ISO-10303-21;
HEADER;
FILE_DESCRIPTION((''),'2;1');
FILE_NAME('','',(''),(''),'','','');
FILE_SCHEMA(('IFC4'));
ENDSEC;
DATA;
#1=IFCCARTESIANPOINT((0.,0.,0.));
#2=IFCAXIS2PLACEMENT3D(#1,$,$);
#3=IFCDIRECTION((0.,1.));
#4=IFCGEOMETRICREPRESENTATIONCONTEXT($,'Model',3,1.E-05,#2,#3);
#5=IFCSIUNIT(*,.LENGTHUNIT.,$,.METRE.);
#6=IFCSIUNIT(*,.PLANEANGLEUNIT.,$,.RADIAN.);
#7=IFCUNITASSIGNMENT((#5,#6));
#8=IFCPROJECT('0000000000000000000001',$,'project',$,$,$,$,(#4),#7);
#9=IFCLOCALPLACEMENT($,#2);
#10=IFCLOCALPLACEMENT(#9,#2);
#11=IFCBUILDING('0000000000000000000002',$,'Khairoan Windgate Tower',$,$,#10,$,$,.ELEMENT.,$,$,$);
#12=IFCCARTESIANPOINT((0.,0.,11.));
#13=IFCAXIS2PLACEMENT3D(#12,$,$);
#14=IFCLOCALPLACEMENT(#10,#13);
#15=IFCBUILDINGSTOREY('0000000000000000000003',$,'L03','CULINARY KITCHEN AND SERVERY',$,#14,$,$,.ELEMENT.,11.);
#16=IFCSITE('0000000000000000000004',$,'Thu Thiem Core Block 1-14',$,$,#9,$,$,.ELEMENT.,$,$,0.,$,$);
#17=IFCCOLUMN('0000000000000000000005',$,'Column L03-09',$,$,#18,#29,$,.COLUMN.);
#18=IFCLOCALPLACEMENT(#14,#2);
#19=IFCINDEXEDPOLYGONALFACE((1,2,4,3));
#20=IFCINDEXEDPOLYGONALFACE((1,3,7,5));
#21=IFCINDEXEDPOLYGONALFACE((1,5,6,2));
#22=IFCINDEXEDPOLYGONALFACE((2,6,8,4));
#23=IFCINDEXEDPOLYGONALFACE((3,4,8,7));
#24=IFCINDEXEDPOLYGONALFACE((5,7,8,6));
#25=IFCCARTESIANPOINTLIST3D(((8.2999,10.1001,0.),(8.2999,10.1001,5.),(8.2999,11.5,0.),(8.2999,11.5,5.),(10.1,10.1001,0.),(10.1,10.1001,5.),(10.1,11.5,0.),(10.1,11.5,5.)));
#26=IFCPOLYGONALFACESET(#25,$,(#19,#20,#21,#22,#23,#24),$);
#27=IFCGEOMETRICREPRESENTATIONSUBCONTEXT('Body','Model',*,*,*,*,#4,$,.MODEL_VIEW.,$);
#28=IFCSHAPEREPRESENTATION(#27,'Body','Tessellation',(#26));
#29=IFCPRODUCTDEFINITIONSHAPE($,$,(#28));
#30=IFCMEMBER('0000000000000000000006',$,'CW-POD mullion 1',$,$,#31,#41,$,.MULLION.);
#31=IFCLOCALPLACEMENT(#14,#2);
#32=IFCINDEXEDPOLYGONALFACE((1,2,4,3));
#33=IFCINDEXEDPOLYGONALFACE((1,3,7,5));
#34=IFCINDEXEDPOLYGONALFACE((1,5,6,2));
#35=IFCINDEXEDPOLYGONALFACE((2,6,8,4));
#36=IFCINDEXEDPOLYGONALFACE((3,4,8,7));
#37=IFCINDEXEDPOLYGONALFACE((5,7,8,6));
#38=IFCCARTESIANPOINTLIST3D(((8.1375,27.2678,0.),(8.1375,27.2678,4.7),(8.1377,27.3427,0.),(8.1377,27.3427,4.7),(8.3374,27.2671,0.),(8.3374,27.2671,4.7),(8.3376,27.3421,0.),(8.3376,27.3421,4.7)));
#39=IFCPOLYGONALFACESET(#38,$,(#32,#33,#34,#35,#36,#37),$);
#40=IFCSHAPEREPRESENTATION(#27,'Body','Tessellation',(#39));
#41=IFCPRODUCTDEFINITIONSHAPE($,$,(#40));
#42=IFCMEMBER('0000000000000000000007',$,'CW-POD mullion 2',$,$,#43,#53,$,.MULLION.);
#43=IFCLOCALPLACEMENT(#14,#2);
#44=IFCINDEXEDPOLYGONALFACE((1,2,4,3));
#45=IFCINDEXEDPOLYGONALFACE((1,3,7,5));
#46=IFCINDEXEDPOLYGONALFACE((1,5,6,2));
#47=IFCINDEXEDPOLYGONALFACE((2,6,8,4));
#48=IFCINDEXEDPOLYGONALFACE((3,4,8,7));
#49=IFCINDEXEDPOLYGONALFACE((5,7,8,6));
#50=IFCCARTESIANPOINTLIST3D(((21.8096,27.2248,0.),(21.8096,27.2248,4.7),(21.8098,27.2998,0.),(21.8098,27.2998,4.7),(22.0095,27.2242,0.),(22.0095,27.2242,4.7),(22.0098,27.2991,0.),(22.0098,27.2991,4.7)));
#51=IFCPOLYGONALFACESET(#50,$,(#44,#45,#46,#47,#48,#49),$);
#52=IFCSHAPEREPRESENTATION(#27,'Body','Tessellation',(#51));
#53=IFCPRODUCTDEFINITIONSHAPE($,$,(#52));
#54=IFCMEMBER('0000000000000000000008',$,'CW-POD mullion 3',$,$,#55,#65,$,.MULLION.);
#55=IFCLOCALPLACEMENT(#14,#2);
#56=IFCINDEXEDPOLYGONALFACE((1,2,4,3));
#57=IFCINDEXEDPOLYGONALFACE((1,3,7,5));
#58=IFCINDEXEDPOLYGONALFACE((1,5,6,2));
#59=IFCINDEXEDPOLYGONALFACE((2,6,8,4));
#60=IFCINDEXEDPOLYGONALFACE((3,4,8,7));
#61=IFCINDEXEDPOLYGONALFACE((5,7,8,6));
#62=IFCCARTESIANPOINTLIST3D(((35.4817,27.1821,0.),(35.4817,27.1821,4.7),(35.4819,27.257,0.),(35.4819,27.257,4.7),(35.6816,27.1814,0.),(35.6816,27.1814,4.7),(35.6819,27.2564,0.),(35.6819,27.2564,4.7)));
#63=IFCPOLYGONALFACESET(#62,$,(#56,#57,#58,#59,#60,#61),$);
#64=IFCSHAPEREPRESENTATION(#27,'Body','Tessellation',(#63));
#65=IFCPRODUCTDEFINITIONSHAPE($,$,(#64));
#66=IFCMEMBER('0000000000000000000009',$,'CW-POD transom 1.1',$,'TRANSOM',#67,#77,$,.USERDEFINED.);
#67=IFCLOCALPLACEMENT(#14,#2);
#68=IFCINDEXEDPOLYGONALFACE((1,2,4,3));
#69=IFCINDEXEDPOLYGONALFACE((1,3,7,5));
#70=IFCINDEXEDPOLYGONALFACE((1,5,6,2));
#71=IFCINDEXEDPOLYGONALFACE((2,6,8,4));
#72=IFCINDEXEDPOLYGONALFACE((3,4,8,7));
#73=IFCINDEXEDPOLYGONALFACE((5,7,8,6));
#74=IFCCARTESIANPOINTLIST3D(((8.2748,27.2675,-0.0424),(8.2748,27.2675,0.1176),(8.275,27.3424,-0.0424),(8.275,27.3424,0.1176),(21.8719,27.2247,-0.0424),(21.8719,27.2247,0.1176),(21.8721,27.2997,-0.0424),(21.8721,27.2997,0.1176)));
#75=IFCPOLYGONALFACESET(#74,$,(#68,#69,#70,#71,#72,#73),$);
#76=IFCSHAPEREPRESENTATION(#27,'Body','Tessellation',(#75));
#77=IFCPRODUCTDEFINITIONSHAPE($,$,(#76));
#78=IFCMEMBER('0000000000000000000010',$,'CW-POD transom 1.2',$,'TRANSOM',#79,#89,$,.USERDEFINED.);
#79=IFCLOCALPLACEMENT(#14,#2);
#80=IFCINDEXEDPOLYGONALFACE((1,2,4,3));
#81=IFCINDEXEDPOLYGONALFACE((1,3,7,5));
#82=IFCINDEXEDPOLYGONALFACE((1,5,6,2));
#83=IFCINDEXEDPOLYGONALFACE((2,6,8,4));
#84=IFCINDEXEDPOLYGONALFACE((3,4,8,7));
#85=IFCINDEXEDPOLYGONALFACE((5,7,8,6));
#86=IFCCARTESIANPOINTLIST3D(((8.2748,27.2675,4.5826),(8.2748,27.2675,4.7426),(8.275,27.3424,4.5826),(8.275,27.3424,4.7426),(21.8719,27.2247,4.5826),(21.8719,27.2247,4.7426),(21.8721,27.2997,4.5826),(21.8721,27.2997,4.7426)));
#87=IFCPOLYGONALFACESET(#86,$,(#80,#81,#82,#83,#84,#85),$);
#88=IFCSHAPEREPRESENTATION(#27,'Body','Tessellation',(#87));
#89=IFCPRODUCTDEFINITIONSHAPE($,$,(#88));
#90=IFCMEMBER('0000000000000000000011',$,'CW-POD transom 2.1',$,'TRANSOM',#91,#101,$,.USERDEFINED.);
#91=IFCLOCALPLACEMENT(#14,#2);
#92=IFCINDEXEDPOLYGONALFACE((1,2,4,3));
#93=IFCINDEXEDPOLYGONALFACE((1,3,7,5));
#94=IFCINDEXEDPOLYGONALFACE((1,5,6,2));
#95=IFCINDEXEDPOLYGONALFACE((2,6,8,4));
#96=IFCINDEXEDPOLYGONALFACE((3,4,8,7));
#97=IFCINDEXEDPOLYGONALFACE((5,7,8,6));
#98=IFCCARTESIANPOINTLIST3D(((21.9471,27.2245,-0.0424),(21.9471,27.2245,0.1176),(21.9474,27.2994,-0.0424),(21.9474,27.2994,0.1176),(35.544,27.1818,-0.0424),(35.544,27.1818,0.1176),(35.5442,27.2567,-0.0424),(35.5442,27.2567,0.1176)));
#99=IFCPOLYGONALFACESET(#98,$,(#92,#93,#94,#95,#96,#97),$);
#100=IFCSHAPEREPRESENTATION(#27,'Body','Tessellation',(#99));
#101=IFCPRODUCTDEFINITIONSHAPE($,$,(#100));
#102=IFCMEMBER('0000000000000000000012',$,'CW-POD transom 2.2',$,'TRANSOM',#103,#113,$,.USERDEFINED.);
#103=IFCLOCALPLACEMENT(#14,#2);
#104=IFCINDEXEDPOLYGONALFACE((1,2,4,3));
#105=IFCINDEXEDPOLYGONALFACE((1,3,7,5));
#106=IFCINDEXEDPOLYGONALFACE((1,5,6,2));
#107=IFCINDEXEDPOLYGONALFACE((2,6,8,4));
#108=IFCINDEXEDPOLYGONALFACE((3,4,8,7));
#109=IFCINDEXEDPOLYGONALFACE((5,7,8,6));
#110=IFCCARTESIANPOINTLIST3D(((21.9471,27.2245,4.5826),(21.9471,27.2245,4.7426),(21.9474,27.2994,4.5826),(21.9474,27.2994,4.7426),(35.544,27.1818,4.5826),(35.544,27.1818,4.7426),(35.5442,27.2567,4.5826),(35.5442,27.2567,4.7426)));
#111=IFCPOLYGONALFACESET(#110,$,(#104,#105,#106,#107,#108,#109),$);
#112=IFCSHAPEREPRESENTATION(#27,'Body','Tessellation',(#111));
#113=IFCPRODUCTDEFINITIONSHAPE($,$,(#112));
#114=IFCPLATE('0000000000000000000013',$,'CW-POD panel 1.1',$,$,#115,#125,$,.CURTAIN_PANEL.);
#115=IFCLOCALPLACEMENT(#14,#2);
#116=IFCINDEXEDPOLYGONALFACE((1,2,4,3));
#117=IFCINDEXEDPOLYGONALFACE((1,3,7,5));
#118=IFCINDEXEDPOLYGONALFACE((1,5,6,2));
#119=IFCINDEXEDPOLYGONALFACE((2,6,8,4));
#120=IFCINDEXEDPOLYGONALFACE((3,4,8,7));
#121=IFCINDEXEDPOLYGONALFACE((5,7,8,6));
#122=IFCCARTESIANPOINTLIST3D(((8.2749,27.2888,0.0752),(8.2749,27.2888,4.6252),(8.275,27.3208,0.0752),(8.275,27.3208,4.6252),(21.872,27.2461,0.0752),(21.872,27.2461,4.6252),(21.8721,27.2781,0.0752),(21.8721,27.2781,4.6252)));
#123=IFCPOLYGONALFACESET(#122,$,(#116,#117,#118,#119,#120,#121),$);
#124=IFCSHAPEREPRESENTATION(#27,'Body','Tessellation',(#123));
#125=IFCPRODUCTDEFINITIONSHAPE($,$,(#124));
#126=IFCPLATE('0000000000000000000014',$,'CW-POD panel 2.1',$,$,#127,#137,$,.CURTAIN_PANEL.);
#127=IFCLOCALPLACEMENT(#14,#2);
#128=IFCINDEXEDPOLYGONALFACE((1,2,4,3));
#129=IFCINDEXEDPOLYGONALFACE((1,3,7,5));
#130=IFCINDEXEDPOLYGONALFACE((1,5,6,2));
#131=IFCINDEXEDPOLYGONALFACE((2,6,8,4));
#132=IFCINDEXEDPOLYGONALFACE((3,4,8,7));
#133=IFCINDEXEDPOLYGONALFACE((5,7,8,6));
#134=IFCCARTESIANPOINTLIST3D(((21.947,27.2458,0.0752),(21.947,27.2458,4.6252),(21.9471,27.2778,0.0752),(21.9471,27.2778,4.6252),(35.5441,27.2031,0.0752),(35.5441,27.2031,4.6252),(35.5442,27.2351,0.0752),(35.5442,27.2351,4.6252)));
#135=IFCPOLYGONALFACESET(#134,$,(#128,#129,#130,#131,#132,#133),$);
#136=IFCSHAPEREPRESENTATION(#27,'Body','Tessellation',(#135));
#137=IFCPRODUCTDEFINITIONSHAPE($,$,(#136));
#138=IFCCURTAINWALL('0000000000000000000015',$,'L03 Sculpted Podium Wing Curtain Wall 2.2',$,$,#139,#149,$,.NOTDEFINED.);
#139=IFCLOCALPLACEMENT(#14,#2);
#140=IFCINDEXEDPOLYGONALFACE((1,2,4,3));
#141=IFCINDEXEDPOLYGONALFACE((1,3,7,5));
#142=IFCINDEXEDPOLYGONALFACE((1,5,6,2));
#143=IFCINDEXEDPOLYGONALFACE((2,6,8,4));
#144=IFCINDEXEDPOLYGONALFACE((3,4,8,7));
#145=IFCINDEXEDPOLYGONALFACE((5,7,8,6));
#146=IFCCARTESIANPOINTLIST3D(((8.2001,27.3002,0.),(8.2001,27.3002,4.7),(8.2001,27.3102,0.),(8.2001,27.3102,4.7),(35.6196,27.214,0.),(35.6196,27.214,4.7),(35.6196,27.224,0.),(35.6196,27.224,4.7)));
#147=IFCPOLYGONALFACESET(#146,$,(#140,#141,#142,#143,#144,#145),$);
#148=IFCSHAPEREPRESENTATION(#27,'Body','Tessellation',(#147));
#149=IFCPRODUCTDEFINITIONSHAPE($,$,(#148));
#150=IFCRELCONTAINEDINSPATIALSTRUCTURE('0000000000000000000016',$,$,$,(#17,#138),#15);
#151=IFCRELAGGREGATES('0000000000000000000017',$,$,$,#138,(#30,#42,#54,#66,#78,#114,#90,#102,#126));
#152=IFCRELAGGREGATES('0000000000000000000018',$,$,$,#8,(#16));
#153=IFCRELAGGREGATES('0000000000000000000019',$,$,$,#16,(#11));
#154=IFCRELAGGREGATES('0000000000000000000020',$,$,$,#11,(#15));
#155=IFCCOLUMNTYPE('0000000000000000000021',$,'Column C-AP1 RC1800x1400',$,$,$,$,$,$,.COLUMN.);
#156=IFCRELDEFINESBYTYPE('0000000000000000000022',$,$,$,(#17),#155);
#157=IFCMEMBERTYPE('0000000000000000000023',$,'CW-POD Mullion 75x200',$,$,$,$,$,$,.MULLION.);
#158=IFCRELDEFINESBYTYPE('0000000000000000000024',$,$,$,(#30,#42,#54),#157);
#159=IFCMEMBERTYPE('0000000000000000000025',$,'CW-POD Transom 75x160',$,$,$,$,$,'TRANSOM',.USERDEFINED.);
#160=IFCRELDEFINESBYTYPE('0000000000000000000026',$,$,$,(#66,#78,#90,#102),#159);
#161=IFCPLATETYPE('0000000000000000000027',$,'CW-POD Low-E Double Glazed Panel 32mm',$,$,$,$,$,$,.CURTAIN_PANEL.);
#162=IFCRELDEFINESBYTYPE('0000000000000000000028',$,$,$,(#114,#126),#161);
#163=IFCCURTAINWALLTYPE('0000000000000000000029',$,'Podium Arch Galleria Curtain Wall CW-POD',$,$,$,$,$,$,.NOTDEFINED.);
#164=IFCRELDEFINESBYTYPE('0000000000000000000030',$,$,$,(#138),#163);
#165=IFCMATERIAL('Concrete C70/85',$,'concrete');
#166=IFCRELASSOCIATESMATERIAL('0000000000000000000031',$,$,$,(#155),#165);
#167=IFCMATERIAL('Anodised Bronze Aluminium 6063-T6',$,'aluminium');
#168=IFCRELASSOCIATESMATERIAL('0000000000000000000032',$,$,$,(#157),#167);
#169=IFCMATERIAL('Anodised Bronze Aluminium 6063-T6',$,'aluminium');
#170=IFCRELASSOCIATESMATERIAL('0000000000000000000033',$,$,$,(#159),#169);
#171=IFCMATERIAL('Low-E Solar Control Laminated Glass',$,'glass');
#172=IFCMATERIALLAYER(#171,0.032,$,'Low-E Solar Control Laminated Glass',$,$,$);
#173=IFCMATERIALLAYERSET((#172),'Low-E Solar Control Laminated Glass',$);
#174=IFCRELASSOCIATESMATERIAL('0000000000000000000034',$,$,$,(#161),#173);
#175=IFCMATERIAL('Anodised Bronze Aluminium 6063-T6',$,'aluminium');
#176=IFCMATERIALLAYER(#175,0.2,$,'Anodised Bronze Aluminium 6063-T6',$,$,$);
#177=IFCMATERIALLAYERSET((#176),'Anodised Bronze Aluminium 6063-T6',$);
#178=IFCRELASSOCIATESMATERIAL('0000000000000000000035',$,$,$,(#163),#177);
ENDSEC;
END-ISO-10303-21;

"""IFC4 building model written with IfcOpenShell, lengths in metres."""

from ifc_helpers import new_model, si_unit, direction, frame, frame_2d, origin, origin_2d, place, context, subcontext, project, spatial, rectangle, extrude, material, layer, layer_set, material_profile, profile_set, type_object, element, aggregate, save


model = new_model("IFC4")

# Units and contexts
model_context = context("Model", 3, precision=1e-05, world=origin(), true_north=direction((0.0, 1.0)))
body_context = subcontext(model_context, "Body", "Model", "MODEL_VIEW")
ifc_project = project(units=[si_unit("LENGTHUNIT", "METRE"), si_unit("PLANEANGLEUNIT", "RADIAN")], contexts=[model_context])

# Site, building, storey
site_placement = place(None, origin())
site = spatial("IfcSite", under=ifc_project, at=site_placement, Name="Thu Thiem Core Block 1-14", CompositionType="ELEMENT", RefElevation=0.0)
building_placement = place(site_placement, origin())
building = spatial("IfcBuilding", under=site, at=building_placement, Name="Khairoan Windgate Tower", CompositionType="ELEMENT")
storey_placement = place(building_placement, frame((0.0, 0.0, 11.0)))
storey = spatial("IfcBuildingStorey", under=building, at=storey_placement, Name="L03", Description="CULINARY KITCHEN AND SERVERY", CompositionType="ELEMENT", Elevation=11.0)

# Column
ifc_material_1 = material(Name="Concrete C70/85", Category="concrete")
ifc_material_profile_1 = material_profile(ifc_material_1, rectangle(XDim=1.8, YDim=1.3999, at=origin_2d()))
ifc_profile_set_1 = profile_set([ifc_material_profile_1], Name="Concrete C70/85")
column_type = type_object("IfcColumnType", Name="Column C-AP1 RC1800x1400", PredefinedType="COLUMN", material=ifc_profile_set_1)
column_placement = place(storey_placement, frame((9.2, 10.8, 0.0), z_axis=(0.0, 0.0, 1.0), x_axis=(1.0, 0.0, 0.0)))
element("IfcColumn", 1, at=column_placement, inside=storey, type_object=column_type, Name="Column L03-09", PredefinedType="COLUMN", context=body_context, shape_type="SweptSolid", body=[
    extrude(rectangle(XDim=1.8, YDim=1.3999, at=origin_2d()), origin(), (0.0, 0.0, 1.0), 5.0),
])

# Members
ifc_material_2 = material(Name="Anodised Bronze Aluminium 6063-T6", Category="aluminium")
ifc_material_profile_2 = material_profile(ifc_material_2, rectangle(XDim=0.075, YDim=0.2, at=origin_2d()))
ifc_profile_set_2 = profile_set([ifc_material_profile_2], Name="Anodised Bronze Aluminium 6063-T6")
member_type_1 = type_object("IfcMemberType", Name="CW-POD Mullion 75x200", PredefinedType="MULLION", material=ifc_profile_set_2)
member_1_placement = place(storey_placement, frame((8.2375, 27.3049, 0.0), z_axis=(0.0, 0.0, 1.0), x_axis=(0.00314, 0.999995, 0.0)))
member_1 = element("IfcMember", 2, at=member_1_placement, type_object=member_type_1, Name="CW-POD mullion 1", PredefinedType="MULLION", context=body_context, shape_type="SweptSolid", body=[
    extrude(rectangle(XDim=0.075, YDim=0.2, at=origin_2d()), origin(), (0.0, 0.0, 1.0), 4.7),
])
member_2_placement = place(storey_placement, frame((21.9097, 27.262, 0.0), z_axis=(0.0, 0.0, 1.0), x_axis=(0.00314, 0.999995, 0.0)))
member_2 = element("IfcMember", 3, at=member_2_placement, type_object=member_type_1, Name="CW-POD mullion 2", PredefinedType="MULLION", context=body_context, shape_type="SweptSolid", body=[
    extrude(rectangle(XDim=0.075, YDim=0.2, at=origin_2d()), origin(), (0.0, 0.0, 1.0), 4.7),
])
member_3_placement = place(storey_placement, frame((35.5818, 27.2192, 0.0), z_axis=(0.0, 0.0, 1.0), x_axis=(0.00314, 0.999995, 0.0)))
member_3 = element("IfcMember", 4, at=member_3_placement, type_object=member_type_1, Name="CW-POD mullion 3", PredefinedType="MULLION", context=body_context, shape_type="SweptSolid", body=[
    extrude(rectangle(XDim=0.075, YDim=0.2, at=origin_2d()), origin(), (0.0, 0.0, 1.0), 4.7),
])
ifc_material_3 = material(Name="Anodised Bronze Aluminium 6063-T6", Category="aluminium")
ifc_material_profile_3 = material_profile(ifc_material_3, rectangle(XDim=0.075, YDim=0.1599, at=origin_2d()))
ifc_profile_set_3 = profile_set([ifc_material_profile_3], Name="Anodised Bronze Aluminium 6063-T6")
member_type_2 = type_object("IfcMemberType", Name="CW-POD Transom 75x160", ElementType="TRANSOM", PredefinedType="USERDEFINED", material=ifc_profile_set_3)
member_4_placement = place(storey_placement, frame((8.2749, 27.3049, 0.0376), z_axis=(0.999995, -0.003142, 0.0), x_axis=(0.003142, 0.999995, 0.0)))
member_4 = element("IfcMember", 5, at=member_4_placement, type_object=member_type_2, Name="CW-POD transom 1.1", ObjectType="TRANSOM", PredefinedType="USERDEFINED", context=body_context, shape_type="SweptSolid", body=[
    extrude(rectangle(XDim=0.075, YDim=0.1599, at=origin_2d()), origin(), (0.0, 0.0, 1.0), 13.5972),
])
member_5_placement = place(storey_placement, frame((8.2749, 27.3049, 4.6626), z_axis=(0.999995, -0.003142, 0.0), x_axis=(0.003142, 0.999995, 0.0)))
member_5 = element("IfcMember", 6, at=member_5_placement, type_object=member_type_2, Name="CW-POD transom 1.2", ObjectType="TRANSOM", PredefinedType="USERDEFINED", context=body_context, shape_type="SweptSolid", body=[
    extrude(rectangle(XDim=0.075, YDim=0.1599, at=origin_2d()), origin(), (0.0, 0.0, 1.0), 13.5972),
])
member_6_placement = place(storey_placement, frame((21.9473, 27.262, 0.0376), z_axis=(0.999995, -0.003142, 0.0), x_axis=(0.003142, 0.999995, 0.0)))
member_6 = element("IfcMember", 7, at=member_6_placement, type_object=member_type_2, Name="CW-POD transom 2.1", ObjectType="TRANSOM", PredefinedType="USERDEFINED", context=body_context, shape_type="SweptSolid", body=[
    extrude(rectangle(XDim=0.075, YDim=0.1599, at=origin_2d()), origin(), (0.0, 0.0, 1.0), 13.5969),
])
member_7_placement = place(storey_placement, frame((21.9473, 27.262, 4.6626), z_axis=(0.999995, -0.003142, 0.0), x_axis=(0.003142, 0.999995, 0.0)))
member_7 = element("IfcMember", 8, at=member_7_placement, type_object=member_type_2, Name="CW-POD transom 2.2", ObjectType="TRANSOM", PredefinedType="USERDEFINED", context=body_context, shape_type="SweptSolid", body=[
    extrude(rectangle(XDim=0.075, YDim=0.1599, at=origin_2d()), origin(), (0.0, 0.0, 1.0), 13.5969),
])

# Plates
ifc_material_4 = material(Name="Low-E Solar Control Laminated Glass", Category="glass")
ifc_layer_1 = layer(ifc_material_4, 0.032, Name="Low-E Solar Control Laminated Glass")
ifc_layer_set_1 = layer_set([ifc_layer_1], Name="Low-E Solar Control Laminated Glass")
plate_type_1 = type_object("IfcPlateType", Name="CW-POD Low-E Double Glazed Panel 32mm", PredefinedType="CURTAIN_PANEL", material=ifc_layer_set_1)
plate_1_placement = place(storey_placement, frame((15.0735, 27.2834, 0.0752), z_axis=(0.0, 0.0, 1.0), x_axis=(0.999995, -0.00314, 0.0)))
plate_1 = element("IfcPlate", 9, at=plate_1_placement, type_object=plate_type_1, Name="CW-POD panel 1.1", PredefinedType="CURTAIN_PANEL", context=body_context, shape_type="SweptSolid", body=[
    extrude(rectangle(XDim=13.5972, YDim=0.032, at=origin_2d()), origin(), (0.0, 0.0, 1.0), 4.55),
])
plate_2_placement = place(storey_placement, frame((28.7456, 27.2405, 0.0752), z_axis=(0.0, 0.0, 1.0), x_axis=(0.999995, -0.00314, 0.0)))
plate_2 = element("IfcPlate", 10, at=plate_2_placement, type_object=plate_type_1, Name="CW-POD panel 2.1", PredefinedType="CURTAIN_PANEL", context=body_context, shape_type="SweptSolid", body=[
    extrude(rectangle(XDim=13.5972, YDim=0.032, at=origin_2d()), origin(), (0.0, 0.0, 1.0), 4.55),
])

# Curtain wall
ifc_material_5 = material(Name="Anodised Bronze Aluminium 6063-T6", Category="aluminium")
ifc_layer_2 = layer(ifc_material_5, 0.2, Name="Anodised Bronze Aluminium 6063-T6")
ifc_layer_set_2 = layer_set([ifc_layer_2], Name="Anodised Bronze Aluminium 6063-T6")
curtain_wall_type = type_object("IfcCurtainWallType", Name="Podium Arch Galleria Curtain Wall CW-POD", PredefinedType="NOTDEFINED", material=ifc_layer_set_2)
curtain_wall_placement = place(storey_placement, frame((8.2, 27.3052, 0.0), z_axis=(0.0, 0.0, 1.0), x_axis=(0.999995, -0.003143, 0.0)))
curtain_wall = element("IfcCurtainWall", 11, at=curtain_wall_placement, inside=storey, type_object=curtain_wall_type, Name="L03 Sculpted Podium Wing Curtain Wall 2.2", PredefinedType="NOTDEFINED", context=body_context, shape_type="SweptSolid", body=[
    extrude(rectangle(XDim=27.4197, YDim=0.01, at=frame_2d((13.71, 0.0))), origin(), (0.0, 0.0, 1.0), 4.7),
])
aggregate(curtain_wall, [member_1, member_2, member_3, member_4, member_5, plate_1, member_6, member_7, plate_2])

save(model, "model.ifc")
